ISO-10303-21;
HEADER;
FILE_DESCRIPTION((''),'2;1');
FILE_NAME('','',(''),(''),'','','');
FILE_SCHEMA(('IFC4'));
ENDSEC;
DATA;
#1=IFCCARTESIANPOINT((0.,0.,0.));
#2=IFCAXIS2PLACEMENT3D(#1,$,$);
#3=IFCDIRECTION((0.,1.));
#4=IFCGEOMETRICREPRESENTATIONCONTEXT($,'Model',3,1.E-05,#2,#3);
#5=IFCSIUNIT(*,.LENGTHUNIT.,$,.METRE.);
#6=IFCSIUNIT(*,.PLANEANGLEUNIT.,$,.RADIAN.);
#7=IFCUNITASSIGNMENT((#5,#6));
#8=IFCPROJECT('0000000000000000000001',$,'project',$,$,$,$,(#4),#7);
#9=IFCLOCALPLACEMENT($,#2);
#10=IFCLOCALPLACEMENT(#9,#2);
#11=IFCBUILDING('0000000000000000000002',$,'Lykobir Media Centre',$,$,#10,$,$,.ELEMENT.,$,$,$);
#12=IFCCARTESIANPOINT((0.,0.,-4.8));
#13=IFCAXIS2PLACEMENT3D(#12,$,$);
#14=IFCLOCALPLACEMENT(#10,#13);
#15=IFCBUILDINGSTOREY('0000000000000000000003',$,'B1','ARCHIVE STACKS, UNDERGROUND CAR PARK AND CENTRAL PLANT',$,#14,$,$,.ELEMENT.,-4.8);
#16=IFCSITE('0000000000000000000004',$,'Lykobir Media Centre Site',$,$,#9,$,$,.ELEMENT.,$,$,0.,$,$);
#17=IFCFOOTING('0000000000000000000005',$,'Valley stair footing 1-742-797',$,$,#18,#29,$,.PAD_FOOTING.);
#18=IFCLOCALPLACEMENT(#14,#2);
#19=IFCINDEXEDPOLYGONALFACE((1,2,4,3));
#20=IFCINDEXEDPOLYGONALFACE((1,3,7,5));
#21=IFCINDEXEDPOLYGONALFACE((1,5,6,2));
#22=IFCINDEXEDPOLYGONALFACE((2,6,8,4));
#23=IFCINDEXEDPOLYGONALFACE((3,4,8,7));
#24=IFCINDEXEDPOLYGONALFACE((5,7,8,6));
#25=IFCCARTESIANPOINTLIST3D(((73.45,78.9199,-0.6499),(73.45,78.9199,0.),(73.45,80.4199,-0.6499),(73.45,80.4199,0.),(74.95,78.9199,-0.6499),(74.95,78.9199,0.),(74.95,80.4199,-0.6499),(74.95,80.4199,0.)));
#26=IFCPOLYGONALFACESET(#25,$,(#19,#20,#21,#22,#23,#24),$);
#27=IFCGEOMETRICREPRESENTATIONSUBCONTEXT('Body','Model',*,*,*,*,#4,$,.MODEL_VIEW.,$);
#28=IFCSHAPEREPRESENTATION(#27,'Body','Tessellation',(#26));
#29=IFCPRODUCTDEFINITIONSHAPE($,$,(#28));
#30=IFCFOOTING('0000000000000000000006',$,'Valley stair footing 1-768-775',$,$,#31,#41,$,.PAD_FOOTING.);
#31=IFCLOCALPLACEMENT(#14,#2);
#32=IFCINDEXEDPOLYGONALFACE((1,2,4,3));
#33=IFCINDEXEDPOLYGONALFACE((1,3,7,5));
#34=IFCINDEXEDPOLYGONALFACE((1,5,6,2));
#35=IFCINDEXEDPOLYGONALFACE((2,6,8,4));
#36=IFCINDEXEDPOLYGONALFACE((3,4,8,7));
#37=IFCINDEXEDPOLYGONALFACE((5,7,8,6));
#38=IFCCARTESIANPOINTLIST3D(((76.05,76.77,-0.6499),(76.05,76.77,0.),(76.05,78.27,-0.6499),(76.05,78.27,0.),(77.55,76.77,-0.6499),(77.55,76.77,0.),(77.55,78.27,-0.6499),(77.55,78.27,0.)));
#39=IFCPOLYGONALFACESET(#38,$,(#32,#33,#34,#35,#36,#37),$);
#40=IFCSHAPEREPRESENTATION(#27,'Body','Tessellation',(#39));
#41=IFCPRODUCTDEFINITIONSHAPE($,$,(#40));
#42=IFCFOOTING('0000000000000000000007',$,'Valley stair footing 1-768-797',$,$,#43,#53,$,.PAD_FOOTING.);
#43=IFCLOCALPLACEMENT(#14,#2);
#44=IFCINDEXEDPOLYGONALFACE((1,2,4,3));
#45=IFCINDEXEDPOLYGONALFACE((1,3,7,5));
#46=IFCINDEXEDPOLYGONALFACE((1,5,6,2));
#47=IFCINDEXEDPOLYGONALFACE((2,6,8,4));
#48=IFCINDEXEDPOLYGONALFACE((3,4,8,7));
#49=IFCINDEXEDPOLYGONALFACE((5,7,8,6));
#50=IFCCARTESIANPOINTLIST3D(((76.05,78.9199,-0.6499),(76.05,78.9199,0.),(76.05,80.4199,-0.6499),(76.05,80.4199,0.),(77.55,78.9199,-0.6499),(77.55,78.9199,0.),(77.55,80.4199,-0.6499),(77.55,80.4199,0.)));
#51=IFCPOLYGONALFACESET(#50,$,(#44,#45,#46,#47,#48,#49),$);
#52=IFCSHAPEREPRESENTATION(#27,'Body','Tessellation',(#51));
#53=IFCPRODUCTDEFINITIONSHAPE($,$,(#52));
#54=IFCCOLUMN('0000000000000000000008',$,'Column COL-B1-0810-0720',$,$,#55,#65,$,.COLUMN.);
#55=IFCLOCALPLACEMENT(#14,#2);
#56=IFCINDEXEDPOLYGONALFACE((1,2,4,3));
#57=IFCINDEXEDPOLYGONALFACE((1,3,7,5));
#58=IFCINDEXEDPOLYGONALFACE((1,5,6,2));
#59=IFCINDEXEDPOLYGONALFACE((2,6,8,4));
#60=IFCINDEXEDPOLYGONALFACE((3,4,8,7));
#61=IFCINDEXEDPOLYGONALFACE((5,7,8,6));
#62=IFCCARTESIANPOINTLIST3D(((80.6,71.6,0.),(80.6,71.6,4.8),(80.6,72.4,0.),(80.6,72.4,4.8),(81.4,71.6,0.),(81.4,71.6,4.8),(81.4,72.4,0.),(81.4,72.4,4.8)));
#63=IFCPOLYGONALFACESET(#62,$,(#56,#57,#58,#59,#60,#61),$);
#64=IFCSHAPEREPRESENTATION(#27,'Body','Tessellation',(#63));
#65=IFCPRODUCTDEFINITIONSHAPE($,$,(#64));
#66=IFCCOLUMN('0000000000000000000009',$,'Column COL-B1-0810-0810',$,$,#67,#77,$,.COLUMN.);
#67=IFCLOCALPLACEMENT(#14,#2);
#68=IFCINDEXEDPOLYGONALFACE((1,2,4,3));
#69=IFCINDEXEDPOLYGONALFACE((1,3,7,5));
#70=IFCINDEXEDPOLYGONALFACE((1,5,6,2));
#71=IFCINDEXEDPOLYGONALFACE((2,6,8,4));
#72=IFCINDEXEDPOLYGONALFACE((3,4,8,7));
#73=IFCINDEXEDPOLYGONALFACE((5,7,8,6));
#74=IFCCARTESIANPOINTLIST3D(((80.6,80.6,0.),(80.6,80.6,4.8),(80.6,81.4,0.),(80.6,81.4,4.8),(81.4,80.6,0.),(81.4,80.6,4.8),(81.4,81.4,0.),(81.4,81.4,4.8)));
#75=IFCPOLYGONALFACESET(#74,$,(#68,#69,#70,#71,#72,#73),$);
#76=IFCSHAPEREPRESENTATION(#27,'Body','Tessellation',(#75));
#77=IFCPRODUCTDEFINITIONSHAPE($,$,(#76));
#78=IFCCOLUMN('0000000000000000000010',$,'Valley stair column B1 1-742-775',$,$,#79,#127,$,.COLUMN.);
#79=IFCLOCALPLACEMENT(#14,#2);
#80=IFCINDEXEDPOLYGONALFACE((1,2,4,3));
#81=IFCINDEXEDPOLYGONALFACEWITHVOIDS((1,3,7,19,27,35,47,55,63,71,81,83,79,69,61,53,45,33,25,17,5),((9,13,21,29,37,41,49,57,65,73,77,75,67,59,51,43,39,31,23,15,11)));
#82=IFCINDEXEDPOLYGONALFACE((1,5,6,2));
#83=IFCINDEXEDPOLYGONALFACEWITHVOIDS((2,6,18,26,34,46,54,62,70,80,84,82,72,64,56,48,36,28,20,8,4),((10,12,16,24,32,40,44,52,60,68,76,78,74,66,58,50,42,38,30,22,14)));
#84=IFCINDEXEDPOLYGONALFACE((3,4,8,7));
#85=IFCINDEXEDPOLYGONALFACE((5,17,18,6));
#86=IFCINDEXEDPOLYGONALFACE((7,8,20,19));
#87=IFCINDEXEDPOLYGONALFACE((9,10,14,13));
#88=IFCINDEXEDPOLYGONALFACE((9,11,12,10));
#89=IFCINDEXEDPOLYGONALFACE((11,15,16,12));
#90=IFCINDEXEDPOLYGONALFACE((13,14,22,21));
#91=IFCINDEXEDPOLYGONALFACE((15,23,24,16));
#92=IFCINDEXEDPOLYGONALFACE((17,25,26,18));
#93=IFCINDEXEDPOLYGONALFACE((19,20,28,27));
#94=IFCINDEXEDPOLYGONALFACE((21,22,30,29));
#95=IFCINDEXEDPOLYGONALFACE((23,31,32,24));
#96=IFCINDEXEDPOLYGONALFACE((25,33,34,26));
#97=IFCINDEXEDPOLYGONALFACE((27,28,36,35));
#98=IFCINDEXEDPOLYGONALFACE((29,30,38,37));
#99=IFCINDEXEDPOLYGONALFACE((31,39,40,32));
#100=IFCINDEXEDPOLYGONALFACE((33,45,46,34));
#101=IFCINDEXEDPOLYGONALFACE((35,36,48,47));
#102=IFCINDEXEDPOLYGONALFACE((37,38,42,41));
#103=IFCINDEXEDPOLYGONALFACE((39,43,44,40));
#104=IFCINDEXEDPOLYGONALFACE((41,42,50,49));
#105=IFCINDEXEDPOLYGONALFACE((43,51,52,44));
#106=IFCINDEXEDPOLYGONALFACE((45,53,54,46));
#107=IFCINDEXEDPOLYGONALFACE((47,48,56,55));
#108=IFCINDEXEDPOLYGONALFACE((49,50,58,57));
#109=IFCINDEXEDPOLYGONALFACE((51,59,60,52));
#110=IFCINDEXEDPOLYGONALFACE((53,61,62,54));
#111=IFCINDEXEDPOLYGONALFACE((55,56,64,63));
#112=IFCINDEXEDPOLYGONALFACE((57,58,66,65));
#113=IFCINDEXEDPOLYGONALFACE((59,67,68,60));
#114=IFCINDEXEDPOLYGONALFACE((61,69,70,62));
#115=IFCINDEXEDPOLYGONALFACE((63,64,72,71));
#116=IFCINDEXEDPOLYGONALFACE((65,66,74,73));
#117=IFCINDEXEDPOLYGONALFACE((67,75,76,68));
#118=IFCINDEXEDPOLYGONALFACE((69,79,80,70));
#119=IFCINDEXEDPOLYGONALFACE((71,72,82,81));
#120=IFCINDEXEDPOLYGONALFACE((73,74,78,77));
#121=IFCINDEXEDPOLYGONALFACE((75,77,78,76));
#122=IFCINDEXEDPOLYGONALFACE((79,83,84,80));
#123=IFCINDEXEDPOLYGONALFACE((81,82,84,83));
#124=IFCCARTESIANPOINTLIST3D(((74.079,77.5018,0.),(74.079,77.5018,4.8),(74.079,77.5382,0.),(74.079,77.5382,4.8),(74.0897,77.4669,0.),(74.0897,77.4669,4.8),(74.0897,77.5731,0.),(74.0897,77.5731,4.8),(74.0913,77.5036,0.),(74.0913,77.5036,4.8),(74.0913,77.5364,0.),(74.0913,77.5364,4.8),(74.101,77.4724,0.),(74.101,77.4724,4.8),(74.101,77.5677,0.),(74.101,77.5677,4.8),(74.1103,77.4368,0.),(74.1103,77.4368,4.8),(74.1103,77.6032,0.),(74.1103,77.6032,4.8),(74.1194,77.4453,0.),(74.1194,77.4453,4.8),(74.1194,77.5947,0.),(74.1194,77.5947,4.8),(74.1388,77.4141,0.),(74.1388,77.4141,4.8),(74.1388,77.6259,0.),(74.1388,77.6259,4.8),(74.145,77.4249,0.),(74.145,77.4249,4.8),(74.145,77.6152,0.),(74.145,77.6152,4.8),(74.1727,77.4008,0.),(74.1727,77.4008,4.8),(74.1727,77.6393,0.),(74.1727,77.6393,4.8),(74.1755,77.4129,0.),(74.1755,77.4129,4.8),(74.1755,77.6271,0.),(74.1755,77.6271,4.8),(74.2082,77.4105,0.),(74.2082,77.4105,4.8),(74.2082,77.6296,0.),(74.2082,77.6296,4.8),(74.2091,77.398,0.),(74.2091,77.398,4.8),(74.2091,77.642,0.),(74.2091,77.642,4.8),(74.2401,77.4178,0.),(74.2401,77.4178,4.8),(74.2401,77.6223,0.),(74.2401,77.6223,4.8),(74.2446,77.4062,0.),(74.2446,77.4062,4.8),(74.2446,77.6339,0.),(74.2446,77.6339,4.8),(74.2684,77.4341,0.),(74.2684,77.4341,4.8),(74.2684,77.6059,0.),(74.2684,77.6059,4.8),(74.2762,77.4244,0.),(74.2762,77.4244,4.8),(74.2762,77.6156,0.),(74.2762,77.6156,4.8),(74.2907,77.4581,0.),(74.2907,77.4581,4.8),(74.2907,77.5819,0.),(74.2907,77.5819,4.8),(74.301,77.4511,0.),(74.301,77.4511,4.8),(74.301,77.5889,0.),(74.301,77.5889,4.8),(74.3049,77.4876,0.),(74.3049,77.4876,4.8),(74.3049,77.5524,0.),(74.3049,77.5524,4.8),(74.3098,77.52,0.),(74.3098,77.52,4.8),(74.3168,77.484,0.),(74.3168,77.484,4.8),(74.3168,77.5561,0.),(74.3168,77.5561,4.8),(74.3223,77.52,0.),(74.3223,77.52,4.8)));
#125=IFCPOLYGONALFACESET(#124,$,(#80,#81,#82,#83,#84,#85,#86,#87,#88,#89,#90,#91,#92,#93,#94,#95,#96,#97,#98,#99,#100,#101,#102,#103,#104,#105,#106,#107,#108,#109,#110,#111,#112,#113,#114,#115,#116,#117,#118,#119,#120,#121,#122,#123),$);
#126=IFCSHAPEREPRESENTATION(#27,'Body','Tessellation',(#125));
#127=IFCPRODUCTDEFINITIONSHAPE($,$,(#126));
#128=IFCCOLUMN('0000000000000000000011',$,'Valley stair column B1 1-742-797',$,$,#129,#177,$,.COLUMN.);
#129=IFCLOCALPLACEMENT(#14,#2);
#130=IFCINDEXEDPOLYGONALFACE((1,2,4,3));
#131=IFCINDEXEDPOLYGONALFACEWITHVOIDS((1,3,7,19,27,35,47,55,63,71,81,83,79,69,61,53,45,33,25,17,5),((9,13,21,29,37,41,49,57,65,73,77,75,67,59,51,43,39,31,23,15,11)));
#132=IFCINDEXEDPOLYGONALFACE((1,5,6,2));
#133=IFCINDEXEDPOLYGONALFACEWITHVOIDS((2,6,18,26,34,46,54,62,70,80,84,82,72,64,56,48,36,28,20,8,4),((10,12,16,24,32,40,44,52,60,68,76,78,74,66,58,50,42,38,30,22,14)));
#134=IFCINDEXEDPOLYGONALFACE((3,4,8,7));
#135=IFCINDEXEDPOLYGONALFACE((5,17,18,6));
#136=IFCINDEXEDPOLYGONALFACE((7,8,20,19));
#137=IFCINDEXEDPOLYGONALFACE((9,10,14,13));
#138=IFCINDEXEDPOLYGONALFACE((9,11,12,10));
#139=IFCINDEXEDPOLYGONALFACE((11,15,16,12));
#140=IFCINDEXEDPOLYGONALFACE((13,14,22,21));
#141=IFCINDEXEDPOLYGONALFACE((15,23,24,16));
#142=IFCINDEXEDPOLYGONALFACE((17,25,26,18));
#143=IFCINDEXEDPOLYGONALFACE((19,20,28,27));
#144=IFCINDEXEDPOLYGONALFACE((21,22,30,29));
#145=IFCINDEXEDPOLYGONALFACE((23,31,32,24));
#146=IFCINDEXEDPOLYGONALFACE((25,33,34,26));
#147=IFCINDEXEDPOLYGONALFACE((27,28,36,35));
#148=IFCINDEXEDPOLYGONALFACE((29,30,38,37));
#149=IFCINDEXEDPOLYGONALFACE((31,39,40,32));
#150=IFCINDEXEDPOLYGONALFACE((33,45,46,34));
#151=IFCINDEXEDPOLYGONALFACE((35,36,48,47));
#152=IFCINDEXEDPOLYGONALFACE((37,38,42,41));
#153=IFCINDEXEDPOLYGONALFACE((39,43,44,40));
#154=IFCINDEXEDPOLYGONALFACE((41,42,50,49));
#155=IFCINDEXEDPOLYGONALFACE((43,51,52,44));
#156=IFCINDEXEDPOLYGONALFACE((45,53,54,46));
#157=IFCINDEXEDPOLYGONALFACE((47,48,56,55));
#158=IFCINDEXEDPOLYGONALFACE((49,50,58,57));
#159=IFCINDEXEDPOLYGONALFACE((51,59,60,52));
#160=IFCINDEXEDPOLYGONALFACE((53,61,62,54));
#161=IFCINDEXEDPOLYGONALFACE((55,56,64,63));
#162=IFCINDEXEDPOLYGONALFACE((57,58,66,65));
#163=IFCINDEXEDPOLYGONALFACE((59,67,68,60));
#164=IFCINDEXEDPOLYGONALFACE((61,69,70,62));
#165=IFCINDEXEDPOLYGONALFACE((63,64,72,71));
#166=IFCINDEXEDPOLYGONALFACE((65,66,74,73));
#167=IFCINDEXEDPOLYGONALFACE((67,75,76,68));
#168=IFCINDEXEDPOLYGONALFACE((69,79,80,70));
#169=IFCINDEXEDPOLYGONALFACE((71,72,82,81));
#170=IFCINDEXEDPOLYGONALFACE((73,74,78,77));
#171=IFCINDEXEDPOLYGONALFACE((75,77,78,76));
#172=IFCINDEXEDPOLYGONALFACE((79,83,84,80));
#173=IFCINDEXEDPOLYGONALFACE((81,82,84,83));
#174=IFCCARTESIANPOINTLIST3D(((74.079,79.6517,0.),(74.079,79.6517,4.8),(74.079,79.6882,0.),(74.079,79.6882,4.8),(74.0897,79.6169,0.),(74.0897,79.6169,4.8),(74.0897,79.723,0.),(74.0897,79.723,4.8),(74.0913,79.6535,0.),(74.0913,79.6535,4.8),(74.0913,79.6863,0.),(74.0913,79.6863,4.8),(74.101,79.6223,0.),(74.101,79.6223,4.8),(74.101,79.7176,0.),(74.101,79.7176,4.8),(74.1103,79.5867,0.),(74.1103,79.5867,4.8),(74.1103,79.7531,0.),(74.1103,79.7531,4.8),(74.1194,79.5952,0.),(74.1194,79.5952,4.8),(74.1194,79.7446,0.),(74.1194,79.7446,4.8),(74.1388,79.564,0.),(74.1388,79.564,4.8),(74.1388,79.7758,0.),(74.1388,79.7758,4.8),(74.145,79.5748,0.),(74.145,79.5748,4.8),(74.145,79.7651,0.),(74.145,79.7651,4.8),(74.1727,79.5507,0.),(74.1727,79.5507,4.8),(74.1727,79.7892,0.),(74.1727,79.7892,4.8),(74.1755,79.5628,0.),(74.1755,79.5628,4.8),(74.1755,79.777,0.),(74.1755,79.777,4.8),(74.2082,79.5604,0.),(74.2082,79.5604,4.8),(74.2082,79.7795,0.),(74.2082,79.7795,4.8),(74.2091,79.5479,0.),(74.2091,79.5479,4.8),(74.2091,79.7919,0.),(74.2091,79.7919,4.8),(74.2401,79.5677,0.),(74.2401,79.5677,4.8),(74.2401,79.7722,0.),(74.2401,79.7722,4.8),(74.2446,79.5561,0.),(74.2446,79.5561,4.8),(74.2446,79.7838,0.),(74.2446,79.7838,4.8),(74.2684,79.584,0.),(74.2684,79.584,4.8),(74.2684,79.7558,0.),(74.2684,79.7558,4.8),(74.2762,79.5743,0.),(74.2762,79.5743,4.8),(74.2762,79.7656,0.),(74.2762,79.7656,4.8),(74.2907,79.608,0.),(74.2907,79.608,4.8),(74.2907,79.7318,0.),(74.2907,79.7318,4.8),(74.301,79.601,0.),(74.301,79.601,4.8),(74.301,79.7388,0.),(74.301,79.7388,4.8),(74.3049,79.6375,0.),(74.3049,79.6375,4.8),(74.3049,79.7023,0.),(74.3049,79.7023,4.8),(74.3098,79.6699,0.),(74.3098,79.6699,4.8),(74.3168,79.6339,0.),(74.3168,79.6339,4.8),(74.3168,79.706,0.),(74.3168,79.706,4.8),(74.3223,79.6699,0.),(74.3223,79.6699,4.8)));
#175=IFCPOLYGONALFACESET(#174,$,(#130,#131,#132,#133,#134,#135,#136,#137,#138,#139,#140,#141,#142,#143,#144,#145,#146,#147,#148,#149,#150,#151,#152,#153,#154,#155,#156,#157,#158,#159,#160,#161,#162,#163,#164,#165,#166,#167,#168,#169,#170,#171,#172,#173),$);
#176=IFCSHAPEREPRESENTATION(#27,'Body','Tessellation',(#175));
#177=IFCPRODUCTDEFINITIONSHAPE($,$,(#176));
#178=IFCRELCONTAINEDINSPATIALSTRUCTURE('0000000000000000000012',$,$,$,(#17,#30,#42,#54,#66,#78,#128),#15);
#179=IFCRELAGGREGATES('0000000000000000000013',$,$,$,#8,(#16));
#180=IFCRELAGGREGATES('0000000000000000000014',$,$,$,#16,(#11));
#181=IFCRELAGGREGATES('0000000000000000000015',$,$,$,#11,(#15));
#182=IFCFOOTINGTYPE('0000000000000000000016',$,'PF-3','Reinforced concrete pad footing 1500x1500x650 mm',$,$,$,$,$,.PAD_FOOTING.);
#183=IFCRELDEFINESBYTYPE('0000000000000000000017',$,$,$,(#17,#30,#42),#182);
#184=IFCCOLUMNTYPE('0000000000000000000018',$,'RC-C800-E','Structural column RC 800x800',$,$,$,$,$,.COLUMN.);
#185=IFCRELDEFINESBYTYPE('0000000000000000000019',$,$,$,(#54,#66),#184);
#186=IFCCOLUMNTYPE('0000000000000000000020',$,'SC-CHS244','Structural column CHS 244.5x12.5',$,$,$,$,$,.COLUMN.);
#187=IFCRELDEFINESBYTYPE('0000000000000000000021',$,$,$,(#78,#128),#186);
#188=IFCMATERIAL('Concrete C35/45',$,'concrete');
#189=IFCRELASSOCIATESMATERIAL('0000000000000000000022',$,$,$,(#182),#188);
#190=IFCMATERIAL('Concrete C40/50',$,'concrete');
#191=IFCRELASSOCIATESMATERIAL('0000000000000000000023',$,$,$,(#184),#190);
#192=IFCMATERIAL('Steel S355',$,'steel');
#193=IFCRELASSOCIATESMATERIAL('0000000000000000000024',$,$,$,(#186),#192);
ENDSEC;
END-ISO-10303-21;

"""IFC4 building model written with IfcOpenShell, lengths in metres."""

from ifc_helpers import new_model, si_unit, direction, frame, origin, origin_2d, place, context, subcontext, project, spatial, rectangle, hollow_circle, extrude, material, material_profile, profile_set, type_object, element, save


model = new_model("IFC4")

# Units and contexts
model_context = context("Model", 3, precision=1e-05, world=origin(), true_north=direction((0.0, 1.0)))
body_context = subcontext(model_context, "Body", "Model", "MODEL_VIEW")
ifc_project = project(units=[si_unit("LENGTHUNIT", "METRE"), si_unit("PLANEANGLEUNIT", "RADIAN")], contexts=[model_context])

# Site, building, storey
site_placement = place(None, origin())
site = spatial("IfcSite", under=ifc_project, at=site_placement, Name="Lykobir Media Centre Site", CompositionType="ELEMENT", RefElevation=0.0)
building_placement = place(site_placement, origin())
building = spatial("IfcBuilding", under=site, at=building_placement, Name="Lykobir Media Centre", CompositionType="ELEMENT")
storey_placement = place(building_placement, frame((0.0, 0.0, -4.8)))
storey = spatial("IfcBuildingStorey", under=building, at=storey_placement, Name="B1", Description="ARCHIVE STACKS, UNDERGROUND CAR PARK AND CENTRAL PLANT", CompositionType="ELEMENT", Elevation=-4.8)

# Footings
ifc_material_1 = material(Name="Concrete C35/45", Category="concrete")
footing_type_1 = type_object("IfcFootingType", Name="PF-3", Description="Reinforced concrete pad footing 1500x1500x650 mm", PredefinedType="PAD_FOOTING", material=ifc_material_1)
for number, where, z_axis, x_axis, name in (
    (1, (74.2, 79.6699, -0.6499), (0.0, 0.0, 1.0), (1.0, 0.0, 0.0), "Valley stair footing 1-742-797"),
    (2, (76.8, 77.52, -0.6499), (0.0, 0.0, 1.0), (1.0, 0.0, 0.0), "Valley stair footing 1-768-775"),
    (3, (76.8, 79.6699, -0.6499), (0.0, 0.0, 1.0), (1.0, 0.0, 0.0), "Valley stair footing 1-768-797"),
):
    element("IfcFooting", number, at=place(storey_placement, frame(where, z_axis=z_axis, x_axis=x_axis)), inside=storey, type_object=footing_type_1, Name=name, PredefinedType="PAD_FOOTING", context=body_context, shape_type="SweptSolid", body=[
        extrude(rectangle(XDim=1.5, YDim=1.5, at=origin_2d()), origin(), (0.0, 0.0, 1.0), 0.6499),
    ])

# Columns
ifc_material_2 = material(Name="Concrete C40/50", Category="concrete")
ifc_material_profile_1 = material_profile(ifc_material_2, rectangle(XDim=0.8, YDim=0.8, at=origin_2d()), Name="RC 800x800")
ifc_profile_set_1 = profile_set([ifc_material_profile_1], Name="Concrete C40/50")
column_type_1 = type_object("IfcColumnType", Name="RC-C800-E", Description="Structural column RC 800x800", PredefinedType="COLUMN", material=ifc_profile_set_1)
for number, where, z_axis, x_axis, name in (
    (4, (81.0, 72.0, 0.0), (0.0, 0.0, 1.0), (1.0, 0.0, 0.0), "Column COL-B1-0810-0720"),
    (5, (81.0, 81.0, 0.0), (0.0, 0.0, 1.0), (1.0, 0.0, 0.0), "Column COL-B1-0810-0810"),
):
    element("IfcColumn", number, at=place(storey_placement, frame(where, z_axis=z_axis, x_axis=x_axis)), inside=storey, type_object=column_type_1, Name=name, PredefinedType="COLUMN", context=body_context, shape_type="SweptSolid", body=[
        extrude(rectangle(XDim=0.8, YDim=0.8, at=origin_2d()), origin(), (0.0, 0.0, 1.0), 4.8),
    ])
ifc_material_3 = material(Name="Steel S355", Category="steel")
ifc_material_profile_2 = material_profile(ifc_material_3, hollow_circle(Radius=0.1223, WallThickness=0.0125, at=origin_2d()), Name="CHS 244.5x12.5")
ifc_profile_set_2 = profile_set([ifc_material_profile_2], Name="Steel S355")
column_type_2 = type_object("IfcColumnType", Name="SC-CHS244", Description="Structural column CHS 244.5x12.5", PredefinedType="COLUMN", material=ifc_profile_set_2)
for number, where, z_axis, x_axis, name in (
    (6, (74.2, 77.52, 0.0), (0.0, 0.0, 1.0), (1.0, 0.0, 0.0), "Valley stair column B1 1-742-775"),
    (7, (74.2, 79.6699, 0.0), (0.0, 0.0, 1.0), (1.0, 0.0, 0.0), "Valley stair column B1 1-742-797"),
):
    element("IfcColumn", number, at=place(storey_placement, frame(where, z_axis=z_axis, x_axis=x_axis)), inside=storey, type_object=column_type_2, Name=name, PredefinedType="COLUMN", context=body_context, shape_type="SweptSolid", body=[
        extrude(hollow_circle(Radius=0.1223, WallThickness=0.0125, at=origin_2d()), origin(), (0.0, 0.0, 1.0), 4.8),
    ])

save(model, "model.ifc")
